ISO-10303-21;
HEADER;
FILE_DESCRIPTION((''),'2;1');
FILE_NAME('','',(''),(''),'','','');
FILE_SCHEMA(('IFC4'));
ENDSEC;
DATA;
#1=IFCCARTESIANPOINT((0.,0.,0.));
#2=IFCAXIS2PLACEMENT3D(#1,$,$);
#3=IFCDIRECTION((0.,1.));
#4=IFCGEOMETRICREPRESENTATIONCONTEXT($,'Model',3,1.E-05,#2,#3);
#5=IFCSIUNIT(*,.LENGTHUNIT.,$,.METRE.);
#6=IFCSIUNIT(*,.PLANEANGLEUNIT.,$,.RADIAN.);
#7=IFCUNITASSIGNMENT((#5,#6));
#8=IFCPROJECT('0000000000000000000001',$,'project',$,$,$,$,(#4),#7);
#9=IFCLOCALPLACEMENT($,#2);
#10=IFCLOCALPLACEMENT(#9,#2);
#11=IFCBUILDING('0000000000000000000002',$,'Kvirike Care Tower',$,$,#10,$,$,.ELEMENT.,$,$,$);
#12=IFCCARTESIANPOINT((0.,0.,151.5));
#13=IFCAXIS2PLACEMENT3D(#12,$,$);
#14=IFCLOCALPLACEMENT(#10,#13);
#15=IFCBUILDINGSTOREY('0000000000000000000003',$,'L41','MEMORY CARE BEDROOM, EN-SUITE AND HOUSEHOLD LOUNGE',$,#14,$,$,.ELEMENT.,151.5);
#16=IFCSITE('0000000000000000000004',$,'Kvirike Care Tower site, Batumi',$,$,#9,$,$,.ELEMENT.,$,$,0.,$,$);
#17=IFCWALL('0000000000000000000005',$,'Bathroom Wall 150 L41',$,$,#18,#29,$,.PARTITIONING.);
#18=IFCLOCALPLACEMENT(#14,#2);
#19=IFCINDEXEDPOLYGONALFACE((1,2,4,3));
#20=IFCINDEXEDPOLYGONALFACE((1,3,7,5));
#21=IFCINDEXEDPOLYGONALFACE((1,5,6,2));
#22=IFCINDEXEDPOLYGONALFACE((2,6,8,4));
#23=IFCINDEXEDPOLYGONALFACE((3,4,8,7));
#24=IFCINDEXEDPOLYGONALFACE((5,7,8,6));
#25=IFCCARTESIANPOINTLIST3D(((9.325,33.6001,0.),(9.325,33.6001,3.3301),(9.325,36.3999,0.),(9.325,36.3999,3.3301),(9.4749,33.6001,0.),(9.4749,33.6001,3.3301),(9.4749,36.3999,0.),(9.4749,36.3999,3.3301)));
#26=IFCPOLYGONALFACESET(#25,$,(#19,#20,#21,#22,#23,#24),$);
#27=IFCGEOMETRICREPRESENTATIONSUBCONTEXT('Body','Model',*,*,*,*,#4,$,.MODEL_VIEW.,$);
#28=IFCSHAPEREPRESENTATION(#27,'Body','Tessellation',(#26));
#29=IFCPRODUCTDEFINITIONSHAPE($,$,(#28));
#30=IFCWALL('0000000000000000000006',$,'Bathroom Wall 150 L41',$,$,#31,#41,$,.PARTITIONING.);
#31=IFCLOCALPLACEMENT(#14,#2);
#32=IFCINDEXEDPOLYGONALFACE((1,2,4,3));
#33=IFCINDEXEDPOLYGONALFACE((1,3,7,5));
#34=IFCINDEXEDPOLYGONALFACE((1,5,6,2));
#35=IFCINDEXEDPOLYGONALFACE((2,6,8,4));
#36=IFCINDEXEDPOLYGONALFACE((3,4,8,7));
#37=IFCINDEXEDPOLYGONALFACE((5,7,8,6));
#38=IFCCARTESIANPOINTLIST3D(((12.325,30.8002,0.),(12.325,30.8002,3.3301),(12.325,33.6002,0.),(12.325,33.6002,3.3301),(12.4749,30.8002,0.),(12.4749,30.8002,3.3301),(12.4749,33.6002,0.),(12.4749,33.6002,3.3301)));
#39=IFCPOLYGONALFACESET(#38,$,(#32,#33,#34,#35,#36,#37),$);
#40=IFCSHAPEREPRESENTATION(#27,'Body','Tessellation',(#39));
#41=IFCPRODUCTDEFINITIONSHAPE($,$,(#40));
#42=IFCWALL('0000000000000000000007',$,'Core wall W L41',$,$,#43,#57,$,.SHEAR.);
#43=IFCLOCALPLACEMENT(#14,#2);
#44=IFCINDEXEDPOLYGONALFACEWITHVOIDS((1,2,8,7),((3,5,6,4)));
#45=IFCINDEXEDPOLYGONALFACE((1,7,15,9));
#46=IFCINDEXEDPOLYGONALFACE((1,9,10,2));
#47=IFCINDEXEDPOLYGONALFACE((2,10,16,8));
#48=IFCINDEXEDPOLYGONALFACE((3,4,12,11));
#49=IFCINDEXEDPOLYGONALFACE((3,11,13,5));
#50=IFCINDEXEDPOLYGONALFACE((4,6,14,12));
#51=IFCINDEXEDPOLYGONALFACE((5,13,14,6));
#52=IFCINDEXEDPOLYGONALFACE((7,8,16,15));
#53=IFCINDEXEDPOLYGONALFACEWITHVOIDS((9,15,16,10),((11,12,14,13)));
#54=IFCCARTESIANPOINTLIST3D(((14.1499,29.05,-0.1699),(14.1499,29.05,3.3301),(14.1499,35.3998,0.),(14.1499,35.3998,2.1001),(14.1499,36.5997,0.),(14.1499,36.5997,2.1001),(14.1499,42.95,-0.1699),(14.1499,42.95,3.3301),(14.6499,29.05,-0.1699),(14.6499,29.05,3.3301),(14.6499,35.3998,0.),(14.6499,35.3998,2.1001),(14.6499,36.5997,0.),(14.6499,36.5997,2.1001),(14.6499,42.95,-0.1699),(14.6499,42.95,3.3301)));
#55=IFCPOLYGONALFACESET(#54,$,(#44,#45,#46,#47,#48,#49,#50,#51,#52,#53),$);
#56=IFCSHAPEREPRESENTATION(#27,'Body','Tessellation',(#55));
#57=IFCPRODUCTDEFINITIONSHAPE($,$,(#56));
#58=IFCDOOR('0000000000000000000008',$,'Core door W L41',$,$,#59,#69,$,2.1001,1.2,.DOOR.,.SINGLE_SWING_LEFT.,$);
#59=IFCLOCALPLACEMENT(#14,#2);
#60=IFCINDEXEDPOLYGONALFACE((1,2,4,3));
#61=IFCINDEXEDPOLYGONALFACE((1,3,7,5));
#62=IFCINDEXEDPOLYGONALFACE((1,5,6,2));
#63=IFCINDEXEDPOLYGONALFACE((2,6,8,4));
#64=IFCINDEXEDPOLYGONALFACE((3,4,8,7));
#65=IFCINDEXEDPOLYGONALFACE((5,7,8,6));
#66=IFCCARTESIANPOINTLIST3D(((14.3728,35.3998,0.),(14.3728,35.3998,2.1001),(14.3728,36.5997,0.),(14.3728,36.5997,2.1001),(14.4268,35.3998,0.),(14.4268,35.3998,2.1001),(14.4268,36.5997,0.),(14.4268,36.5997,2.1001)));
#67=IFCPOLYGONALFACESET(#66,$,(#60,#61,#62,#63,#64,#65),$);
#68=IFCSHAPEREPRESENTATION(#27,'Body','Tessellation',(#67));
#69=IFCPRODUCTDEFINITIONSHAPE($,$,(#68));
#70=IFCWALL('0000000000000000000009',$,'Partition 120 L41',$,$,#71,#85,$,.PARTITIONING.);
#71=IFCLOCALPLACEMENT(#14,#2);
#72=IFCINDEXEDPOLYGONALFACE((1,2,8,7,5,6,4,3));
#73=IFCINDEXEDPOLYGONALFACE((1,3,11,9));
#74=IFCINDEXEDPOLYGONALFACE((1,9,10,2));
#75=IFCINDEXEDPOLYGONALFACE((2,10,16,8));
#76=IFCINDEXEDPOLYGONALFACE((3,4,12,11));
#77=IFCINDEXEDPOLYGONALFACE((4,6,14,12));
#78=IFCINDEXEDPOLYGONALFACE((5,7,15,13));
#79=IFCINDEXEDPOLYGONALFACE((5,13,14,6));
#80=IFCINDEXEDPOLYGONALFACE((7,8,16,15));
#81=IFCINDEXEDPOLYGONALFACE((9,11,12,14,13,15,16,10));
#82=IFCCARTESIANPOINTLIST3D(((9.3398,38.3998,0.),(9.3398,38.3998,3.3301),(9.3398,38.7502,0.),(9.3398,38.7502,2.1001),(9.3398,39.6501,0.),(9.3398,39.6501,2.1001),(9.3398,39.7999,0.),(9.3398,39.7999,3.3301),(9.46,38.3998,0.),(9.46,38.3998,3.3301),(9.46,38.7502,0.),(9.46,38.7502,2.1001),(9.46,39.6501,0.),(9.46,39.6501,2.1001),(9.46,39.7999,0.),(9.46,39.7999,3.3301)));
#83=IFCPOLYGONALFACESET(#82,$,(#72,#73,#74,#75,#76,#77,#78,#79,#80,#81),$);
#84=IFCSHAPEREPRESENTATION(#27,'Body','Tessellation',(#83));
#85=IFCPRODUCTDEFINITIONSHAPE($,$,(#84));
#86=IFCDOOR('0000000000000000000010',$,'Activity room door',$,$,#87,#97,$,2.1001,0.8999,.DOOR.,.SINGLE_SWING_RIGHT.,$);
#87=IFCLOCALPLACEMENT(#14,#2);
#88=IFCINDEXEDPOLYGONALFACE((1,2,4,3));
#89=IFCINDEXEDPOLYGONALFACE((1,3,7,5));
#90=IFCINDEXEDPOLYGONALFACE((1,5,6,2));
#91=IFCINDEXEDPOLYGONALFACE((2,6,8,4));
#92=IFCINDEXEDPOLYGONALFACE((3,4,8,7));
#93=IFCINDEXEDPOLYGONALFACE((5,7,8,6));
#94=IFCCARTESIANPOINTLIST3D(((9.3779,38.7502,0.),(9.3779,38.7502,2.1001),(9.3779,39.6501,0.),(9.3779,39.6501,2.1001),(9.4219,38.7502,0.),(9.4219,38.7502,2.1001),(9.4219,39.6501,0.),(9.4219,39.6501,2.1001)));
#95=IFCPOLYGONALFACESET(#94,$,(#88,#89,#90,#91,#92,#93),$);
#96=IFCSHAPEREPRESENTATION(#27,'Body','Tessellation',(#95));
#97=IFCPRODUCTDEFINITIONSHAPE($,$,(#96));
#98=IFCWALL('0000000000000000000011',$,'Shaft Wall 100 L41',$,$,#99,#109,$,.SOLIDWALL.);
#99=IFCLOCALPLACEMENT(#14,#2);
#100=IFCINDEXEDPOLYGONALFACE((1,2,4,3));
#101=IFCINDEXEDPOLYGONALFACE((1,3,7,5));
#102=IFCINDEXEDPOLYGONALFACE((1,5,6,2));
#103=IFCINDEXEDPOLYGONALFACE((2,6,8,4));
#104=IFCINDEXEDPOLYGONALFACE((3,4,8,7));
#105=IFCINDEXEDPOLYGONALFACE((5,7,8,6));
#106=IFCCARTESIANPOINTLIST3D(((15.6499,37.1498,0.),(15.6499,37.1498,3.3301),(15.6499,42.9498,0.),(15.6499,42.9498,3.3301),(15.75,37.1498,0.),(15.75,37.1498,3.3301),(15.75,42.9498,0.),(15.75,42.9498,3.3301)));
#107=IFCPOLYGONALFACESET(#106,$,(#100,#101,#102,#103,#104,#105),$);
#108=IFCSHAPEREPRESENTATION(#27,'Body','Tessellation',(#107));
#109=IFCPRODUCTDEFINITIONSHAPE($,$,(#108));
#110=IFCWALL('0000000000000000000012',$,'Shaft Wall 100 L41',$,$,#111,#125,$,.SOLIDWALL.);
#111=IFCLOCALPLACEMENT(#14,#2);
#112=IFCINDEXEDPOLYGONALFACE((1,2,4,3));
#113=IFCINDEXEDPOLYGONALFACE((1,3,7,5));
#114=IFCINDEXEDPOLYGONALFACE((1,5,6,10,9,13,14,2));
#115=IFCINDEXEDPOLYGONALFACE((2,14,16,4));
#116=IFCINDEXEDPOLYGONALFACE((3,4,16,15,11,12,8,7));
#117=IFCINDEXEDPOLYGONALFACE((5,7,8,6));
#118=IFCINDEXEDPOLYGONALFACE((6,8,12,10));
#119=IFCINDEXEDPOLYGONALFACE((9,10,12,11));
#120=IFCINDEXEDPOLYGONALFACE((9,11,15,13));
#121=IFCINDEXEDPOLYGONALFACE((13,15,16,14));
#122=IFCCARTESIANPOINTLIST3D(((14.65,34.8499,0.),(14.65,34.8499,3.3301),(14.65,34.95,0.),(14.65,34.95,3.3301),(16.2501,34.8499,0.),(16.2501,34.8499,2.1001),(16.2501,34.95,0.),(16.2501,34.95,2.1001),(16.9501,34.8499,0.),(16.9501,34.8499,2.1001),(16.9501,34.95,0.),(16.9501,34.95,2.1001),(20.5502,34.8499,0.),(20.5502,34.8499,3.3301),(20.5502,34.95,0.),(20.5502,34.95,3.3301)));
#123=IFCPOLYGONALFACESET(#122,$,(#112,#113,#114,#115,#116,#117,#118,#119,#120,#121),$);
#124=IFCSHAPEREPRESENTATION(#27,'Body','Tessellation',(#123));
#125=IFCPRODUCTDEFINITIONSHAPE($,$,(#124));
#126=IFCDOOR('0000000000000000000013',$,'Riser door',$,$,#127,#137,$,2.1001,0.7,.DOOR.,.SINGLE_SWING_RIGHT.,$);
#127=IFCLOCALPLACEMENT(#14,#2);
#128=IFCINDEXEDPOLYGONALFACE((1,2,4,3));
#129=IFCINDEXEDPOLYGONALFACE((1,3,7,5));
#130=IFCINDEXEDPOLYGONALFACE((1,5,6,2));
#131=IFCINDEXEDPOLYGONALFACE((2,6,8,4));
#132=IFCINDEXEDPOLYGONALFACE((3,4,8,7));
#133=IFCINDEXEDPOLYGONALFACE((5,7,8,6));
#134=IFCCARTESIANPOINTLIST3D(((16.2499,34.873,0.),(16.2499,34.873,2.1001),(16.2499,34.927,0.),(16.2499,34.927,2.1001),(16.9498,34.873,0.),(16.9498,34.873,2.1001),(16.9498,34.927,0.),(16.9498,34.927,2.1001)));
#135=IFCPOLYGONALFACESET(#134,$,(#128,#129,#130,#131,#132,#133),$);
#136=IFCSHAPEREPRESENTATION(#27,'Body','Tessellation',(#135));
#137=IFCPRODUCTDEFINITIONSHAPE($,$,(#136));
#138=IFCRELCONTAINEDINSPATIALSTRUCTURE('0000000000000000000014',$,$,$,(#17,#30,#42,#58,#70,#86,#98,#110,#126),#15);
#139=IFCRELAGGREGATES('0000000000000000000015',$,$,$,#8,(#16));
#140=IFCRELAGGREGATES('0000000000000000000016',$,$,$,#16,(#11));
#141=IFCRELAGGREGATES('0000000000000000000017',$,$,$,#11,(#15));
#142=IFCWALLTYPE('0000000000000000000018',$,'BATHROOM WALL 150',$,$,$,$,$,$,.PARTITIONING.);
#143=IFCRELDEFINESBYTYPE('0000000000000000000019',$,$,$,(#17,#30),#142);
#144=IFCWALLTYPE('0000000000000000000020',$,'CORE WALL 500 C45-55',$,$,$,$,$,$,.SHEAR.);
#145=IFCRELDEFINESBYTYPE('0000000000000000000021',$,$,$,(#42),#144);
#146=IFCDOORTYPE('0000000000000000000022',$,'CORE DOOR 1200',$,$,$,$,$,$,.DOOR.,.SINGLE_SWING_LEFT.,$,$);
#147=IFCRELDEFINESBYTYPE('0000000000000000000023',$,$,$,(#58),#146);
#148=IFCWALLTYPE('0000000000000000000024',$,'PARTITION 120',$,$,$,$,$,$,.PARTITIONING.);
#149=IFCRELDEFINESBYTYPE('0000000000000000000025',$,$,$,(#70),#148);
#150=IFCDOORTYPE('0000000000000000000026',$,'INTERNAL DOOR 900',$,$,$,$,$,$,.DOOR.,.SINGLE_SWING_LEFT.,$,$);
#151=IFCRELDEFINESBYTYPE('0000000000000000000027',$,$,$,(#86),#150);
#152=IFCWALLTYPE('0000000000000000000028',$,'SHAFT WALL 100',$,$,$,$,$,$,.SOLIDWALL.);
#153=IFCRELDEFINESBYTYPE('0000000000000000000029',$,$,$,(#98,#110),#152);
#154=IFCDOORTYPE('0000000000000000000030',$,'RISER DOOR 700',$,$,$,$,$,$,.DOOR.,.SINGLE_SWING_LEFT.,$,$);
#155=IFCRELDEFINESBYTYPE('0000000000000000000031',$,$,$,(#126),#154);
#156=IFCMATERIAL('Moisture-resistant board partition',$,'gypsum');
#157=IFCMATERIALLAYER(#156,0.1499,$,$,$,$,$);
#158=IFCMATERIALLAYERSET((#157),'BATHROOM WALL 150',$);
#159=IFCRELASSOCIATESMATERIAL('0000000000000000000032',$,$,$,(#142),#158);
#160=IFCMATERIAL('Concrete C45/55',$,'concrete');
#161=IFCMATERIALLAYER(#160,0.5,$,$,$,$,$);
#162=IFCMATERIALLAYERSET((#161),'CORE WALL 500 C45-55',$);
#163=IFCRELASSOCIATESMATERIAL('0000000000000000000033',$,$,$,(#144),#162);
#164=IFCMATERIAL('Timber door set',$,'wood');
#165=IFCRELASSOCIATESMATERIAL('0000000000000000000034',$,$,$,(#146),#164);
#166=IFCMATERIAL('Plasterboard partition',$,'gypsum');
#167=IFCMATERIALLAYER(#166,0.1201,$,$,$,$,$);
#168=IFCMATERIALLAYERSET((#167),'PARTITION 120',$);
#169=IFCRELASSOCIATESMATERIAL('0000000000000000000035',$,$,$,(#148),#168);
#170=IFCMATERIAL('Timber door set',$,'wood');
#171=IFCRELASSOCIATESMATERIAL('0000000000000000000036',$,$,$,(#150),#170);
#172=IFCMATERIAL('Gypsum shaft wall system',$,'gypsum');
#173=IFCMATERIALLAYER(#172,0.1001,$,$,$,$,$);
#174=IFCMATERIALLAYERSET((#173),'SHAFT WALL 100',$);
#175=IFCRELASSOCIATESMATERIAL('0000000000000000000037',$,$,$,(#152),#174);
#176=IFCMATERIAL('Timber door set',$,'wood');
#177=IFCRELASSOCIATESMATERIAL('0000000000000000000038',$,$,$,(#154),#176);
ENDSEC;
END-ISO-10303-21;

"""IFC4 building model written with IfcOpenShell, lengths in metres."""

from ifc_helpers import new_model, si_unit, direction, frame, frame_2d, origin, place, context, subcontext, project, spatial, rectangle, extrude, material, layer, layer_set, type_object, element, fill, save


model = new_model("IFC4")

# Units and contexts
model_context = context("Model", 3, precision=1e-05, world=origin(), true_north=direction((0.0, 1.0)))
body_context = subcontext(model_context, "Body", "Model", "MODEL_VIEW")
ifc_project = project(units=[si_unit("LENGTHUNIT", "METRE"), si_unit("PLANEANGLEUNIT", "RADIAN")], contexts=[model_context])

# Site, building, storey
site_placement = place(None, origin())
site = spatial("IfcSite", under=ifc_project, at=site_placement, Name="Kvirike Care Tower site, Batumi", CompositionType="ELEMENT", RefElevation=0.0)
building_placement = place(site_placement, origin())
building = spatial("IfcBuilding", under=site, at=building_placement, Name="Kvirike Care Tower", CompositionType="ELEMENT")
storey_placement = place(building_placement, frame((0.0, 0.0, 151.5)))
storey = spatial("IfcBuildingStorey", under=building, at=storey_placement, Name="L41", Description="MEMORY CARE BEDROOM, EN-SUITE AND HOUSEHOLD LOUNGE", CompositionType="ELEMENT", Elevation=151.5)

# Walls
ifc_material_1 = material(Name="Moisture-resistant board partition", Category="gypsum")
ifc_layer_1 = layer(ifc_material_1, 0.1499)
ifc_layer_set_1 = layer_set([ifc_layer_1], Name="BATHROOM WALL 150")
wall_type_1 = type_object("IfcWallType", Name="BATHROOM WALL 150", PredefinedType="PARTITIONING", material=ifc_layer_set_1)
wall_1_placement = place(storey_placement, frame((9.3999, 36.3999, 0.0), z_axis=(0.0, 0.0, 1.0), x_axis=(0.0, -1.0, 0.0)))
element("IfcWall", 1, at=wall_1_placement, inside=storey, type_object=wall_type_1, Name="Bathroom Wall 150 L41", PredefinedType="PARTITIONING", context=body_context, shape_type="SweptSolid", body=[
    extrude(rectangle(XDim=2.7998, YDim=0.1499, at=frame_2d((1.3999, 0.0))), origin(), (0.0, 0.0, 1.0), 3.3301),
])
wall_2_placement = place(storey_placement, frame((12.3999, 33.6001, 0.0), z_axis=(0.0, 0.0, 1.0), x_axis=(0.0, -1.0, 0.0)))
element("IfcWall", 2, at=wall_2_placement, inside=storey, type_object=wall_type_1, Name="Bathroom Wall 150 L41", PredefinedType="PARTITIONING", context=body_context, shape_type="SweptSolid", body=[
    extrude(rectangle(XDim=2.8, YDim=0.1499, at=frame_2d((1.3999, 0.0))), origin(), (0.0, 0.0, 1.0), 3.3301),
])

# Walls, openings, doors
ifc_material_2 = material(Name="Concrete C45/55", Category="concrete")
ifc_layer_2 = layer(ifc_material_2, 0.5)
ifc_layer_set_2 = layer_set([ifc_layer_2], Name="CORE WALL 500 C45-55")
wall_type_2 = type_object("IfcWallType", Name="CORE WALL 500 C45-55", PredefinedType="SHEAR", material=ifc_layer_set_2)
wall_3_placement = place(storey_placement, frame((14.3999, 42.95, -0.1699), z_axis=(0.0, 0.0, 1.0), x_axis=(0.0, -1.0, 0.0)))
wall_3 = element("IfcWall", 3, at=wall_3_placement, inside=storey, type_object=wall_type_2, Name="Core wall W L41", PredefinedType="SHEAR", context=body_context, shape_type="SweptSolid", body=[
    extrude(rectangle(XDim=13.8999, YDim=0.5, at=frame_2d((6.95, 0.0))), origin(), (0.0, 0.0, 1.0), 3.5),
])
opening_1_placement = place(wall_3_placement, frame((6.3501, 0.0, 0.1699)))
opening_1 = element("IfcOpeningElement", 4, at=opening_1_placement, cuts=wall_3, PredefinedType="OPENING", context=body_context, shape_type="SweptSolid", body=[
    extrude(rectangle(XDim=1.2, YDim=2.1001, at=frame_2d((0.6001, 1.05))), frame((0.0, 0.2605, 0.0), z_axis=(0.0, -1.0, 0.0), x_axis=(1.0, 0.0, 0.0)), (0.0, 0.0, 1.0), 0.521),
])
ifc_material_3 = material(Name="Timber door set", Category="wood")
door_type_1 = type_object("IfcDoorType", Name="CORE DOOR 1200", OperationType="SINGLE_SWING_LEFT", PredefinedType="DOOR", material=ifc_material_3)
door_1_placement = place(opening_1_placement, origin())
door_1 = element("IfcDoor", 5, at=door_1_placement, inside=storey, type_object=door_type_1, Name="Core door W L41", OperationType="SINGLE_SWING_LEFT", OverallHeight=2.1001, OverallWidth=1.2, PredefinedType="DOOR", context=body_context, shape_type="SweptSolid", body=[
    extrude(rectangle(XDim=1.2, YDim=2.1001, at=frame_2d((0.6001, 1.05))), frame((0.0, 0.0269, 0.0), z_axis=(0.0, -1.0, 0.0), x_axis=(1.0, 0.0, 0.0)), (0.0, 0.0, 1.0), 0.054),
])
fill(opening_1, door_1)
ifc_material_4 = material(Name="Plasterboard partition", Category="gypsum")
ifc_layer_3 = layer(ifc_material_4, 0.1201)
ifc_layer_set_3 = layer_set([ifc_layer_3], Name="PARTITION 120")
wall_type_3 = type_object("IfcWallType", Name="PARTITION 120", PredefinedType="PARTITIONING", material=ifc_layer_set_3)
wall_4_placement = place(storey_placement, frame((9.3999, 39.8, 0.0), z_axis=(0.0, 0.0, 1.0), x_axis=(0.0, -1.0, 0.0)))
wall_4 = element("IfcWall", 6, at=wall_4_placement, inside=storey, type_object=wall_type_3, Name="Partition 120 L41", PredefinedType="PARTITIONING", context=body_context, shape_type="SweptSolid", body=[
    extrude(rectangle(XDim=1.4001, YDim=0.1201, at=frame_2d((0.7002, 0.0))), origin(), (0.0, 0.0, 1.0), 3.3301),
])
opening_2_placement = place(wall_4_placement, frame((0.1499, 0.0, 0.0)))
opening_2 = element("IfcOpeningElement", 7, at=opening_2_placement, cuts=wall_4, PredefinedType="OPENING", context=body_context, shape_type="SweptSolid", body=[
    extrude(rectangle(XDim=0.8999, YDim=2.1001, at=frame_2d((0.45, 1.05))), frame((0.0, 0.0706, 0.0), z_axis=(0.0, -1.0, 0.0), x_axis=(1.0, 0.0, 0.0)), (0.0, 0.0, 1.0), 0.1411),
])
ifc_material_5 = material(Name="Timber door set", Category="wood")
door_type_2 = type_object("IfcDoorType", Name="INTERNAL DOOR 900", OperationType="SINGLE_SWING_LEFT", PredefinedType="DOOR", material=ifc_material_5)
door_2_placement = place(opening_2_placement, origin())
door_2 = element("IfcDoor", 8, at=door_2_placement, inside=storey, type_object=door_type_2, Name="Activity room door", OperationType="SINGLE_SWING_RIGHT", OverallHeight=2.1001, OverallWidth=0.8999, PredefinedType="DOOR", context=body_context, shape_type="SweptSolid", body=[
    extrude(rectangle(XDim=0.8999, YDim=2.1001, at=frame_2d((0.45, 1.05))), frame((0.0, 0.022, 0.0), z_axis=(0.0, -1.0, 0.0), x_axis=(1.0, 0.0, 0.0)), (0.0, 0.0, 1.0), 0.0439),
])
fill(opening_2, door_2)

# Wall
ifc_material_6 = material(Name="Gypsum shaft wall system", Category="gypsum")
ifc_layer_4 = layer(ifc_material_6, 0.1001)
ifc_layer_set_4 = layer_set([ifc_layer_4], Name="SHAFT WALL 100")
wall_type_4 = type_object("IfcWallType", Name="SHAFT WALL 100", PredefinedType="SOLIDWALL", material=ifc_layer_set_4)
wall_5_placement = place(storey_placement, frame((15.7, 37.1499, 0.0), z_axis=(0.0, 0.0, 1.0), x_axis=(0.0, 1.0, 0.0)))
element("IfcWall", 9, at=wall_5_placement, inside=storey, type_object=wall_type_4, Name="Shaft Wall 100 L41", PredefinedType="SOLIDWALL", context=body_context, shape_type="SweptSolid", body=[
    extrude(rectangle(XDim=5.8, YDim=0.1001, at=frame_2d((2.8999, 0.0))), origin(), (0.0, 0.0, 1.0), 3.3301),
])

# Wall, opening, door
wall_6_placement = place(storey_placement, frame((14.6499, 34.8999, 0.0), z_axis=(0.0, 0.0, 1.0), x_axis=(1.0, 0.0, 0.0)))
wall_6 = element("IfcWall", 10, at=wall_6_placement, inside=storey, type_object=wall_type_4, Name="Shaft Wall 100 L41", PredefinedType="SOLIDWALL", context=body_context, shape_type="SweptSolid", body=[
    extrude(rectangle(XDim=5.9001, YDim=0.1001, at=frame_2d((2.9502, 0.0))), origin(), (0.0, 0.0, 1.0), 3.3301),
])
opening_3_placement = place(wall_6_placement, frame((1.6001, 0.0, 0.0)))
opening_3 = element("IfcOpeningElement", 11, at=opening_3_placement, cuts=wall_6, PredefinedType="OPENING", context=body_context, shape_type="SweptSolid", body=[
    extrude(rectangle(XDim=0.7, YDim=2.1001, at=frame_2d((0.3501, 1.05))), frame((0.0, 0.0605, 0.0), z_axis=(0.0, -1.0, 0.0), x_axis=(1.0, 0.0, 0.0)), (0.0, 0.0, 1.0), 0.1211),
])
ifc_material_7 = material(Name="Timber door set", Category="wood")
door_type_3 = type_object("IfcDoorType", Name="RISER DOOR 700", OperationType="SINGLE_SWING_LEFT", PredefinedType="DOOR", material=ifc_material_7)
door_3_placement = place(opening_3_placement, frame((0.7, 0.0, 0.0), z_axis=(0.0, 0.0, 1.0), x_axis=(-1.0, 0.0, 0.0)))
door_3 = element("IfcDoor", 12, at=door_3_placement, inside=storey, type_object=door_type_3, Name="Riser door", OperationType="SINGLE_SWING_RIGHT", OverallHeight=2.1001, OverallWidth=0.7, PredefinedType="DOOR", context=body_context, shape_type="SweptSolid", body=[
    extrude(rectangle(XDim=0.7, YDim=2.1001, at=frame_2d((0.3501, 1.05))), frame((0.0, 0.0269, 0.0), z_axis=(0.0, -1.0, 0.0), x_axis=(1.0, 0.0, 0.0)), (0.0, 0.0, 1.0), 0.054),
])
fill(opening_3, door_3)

save(model, "model.ifc")
